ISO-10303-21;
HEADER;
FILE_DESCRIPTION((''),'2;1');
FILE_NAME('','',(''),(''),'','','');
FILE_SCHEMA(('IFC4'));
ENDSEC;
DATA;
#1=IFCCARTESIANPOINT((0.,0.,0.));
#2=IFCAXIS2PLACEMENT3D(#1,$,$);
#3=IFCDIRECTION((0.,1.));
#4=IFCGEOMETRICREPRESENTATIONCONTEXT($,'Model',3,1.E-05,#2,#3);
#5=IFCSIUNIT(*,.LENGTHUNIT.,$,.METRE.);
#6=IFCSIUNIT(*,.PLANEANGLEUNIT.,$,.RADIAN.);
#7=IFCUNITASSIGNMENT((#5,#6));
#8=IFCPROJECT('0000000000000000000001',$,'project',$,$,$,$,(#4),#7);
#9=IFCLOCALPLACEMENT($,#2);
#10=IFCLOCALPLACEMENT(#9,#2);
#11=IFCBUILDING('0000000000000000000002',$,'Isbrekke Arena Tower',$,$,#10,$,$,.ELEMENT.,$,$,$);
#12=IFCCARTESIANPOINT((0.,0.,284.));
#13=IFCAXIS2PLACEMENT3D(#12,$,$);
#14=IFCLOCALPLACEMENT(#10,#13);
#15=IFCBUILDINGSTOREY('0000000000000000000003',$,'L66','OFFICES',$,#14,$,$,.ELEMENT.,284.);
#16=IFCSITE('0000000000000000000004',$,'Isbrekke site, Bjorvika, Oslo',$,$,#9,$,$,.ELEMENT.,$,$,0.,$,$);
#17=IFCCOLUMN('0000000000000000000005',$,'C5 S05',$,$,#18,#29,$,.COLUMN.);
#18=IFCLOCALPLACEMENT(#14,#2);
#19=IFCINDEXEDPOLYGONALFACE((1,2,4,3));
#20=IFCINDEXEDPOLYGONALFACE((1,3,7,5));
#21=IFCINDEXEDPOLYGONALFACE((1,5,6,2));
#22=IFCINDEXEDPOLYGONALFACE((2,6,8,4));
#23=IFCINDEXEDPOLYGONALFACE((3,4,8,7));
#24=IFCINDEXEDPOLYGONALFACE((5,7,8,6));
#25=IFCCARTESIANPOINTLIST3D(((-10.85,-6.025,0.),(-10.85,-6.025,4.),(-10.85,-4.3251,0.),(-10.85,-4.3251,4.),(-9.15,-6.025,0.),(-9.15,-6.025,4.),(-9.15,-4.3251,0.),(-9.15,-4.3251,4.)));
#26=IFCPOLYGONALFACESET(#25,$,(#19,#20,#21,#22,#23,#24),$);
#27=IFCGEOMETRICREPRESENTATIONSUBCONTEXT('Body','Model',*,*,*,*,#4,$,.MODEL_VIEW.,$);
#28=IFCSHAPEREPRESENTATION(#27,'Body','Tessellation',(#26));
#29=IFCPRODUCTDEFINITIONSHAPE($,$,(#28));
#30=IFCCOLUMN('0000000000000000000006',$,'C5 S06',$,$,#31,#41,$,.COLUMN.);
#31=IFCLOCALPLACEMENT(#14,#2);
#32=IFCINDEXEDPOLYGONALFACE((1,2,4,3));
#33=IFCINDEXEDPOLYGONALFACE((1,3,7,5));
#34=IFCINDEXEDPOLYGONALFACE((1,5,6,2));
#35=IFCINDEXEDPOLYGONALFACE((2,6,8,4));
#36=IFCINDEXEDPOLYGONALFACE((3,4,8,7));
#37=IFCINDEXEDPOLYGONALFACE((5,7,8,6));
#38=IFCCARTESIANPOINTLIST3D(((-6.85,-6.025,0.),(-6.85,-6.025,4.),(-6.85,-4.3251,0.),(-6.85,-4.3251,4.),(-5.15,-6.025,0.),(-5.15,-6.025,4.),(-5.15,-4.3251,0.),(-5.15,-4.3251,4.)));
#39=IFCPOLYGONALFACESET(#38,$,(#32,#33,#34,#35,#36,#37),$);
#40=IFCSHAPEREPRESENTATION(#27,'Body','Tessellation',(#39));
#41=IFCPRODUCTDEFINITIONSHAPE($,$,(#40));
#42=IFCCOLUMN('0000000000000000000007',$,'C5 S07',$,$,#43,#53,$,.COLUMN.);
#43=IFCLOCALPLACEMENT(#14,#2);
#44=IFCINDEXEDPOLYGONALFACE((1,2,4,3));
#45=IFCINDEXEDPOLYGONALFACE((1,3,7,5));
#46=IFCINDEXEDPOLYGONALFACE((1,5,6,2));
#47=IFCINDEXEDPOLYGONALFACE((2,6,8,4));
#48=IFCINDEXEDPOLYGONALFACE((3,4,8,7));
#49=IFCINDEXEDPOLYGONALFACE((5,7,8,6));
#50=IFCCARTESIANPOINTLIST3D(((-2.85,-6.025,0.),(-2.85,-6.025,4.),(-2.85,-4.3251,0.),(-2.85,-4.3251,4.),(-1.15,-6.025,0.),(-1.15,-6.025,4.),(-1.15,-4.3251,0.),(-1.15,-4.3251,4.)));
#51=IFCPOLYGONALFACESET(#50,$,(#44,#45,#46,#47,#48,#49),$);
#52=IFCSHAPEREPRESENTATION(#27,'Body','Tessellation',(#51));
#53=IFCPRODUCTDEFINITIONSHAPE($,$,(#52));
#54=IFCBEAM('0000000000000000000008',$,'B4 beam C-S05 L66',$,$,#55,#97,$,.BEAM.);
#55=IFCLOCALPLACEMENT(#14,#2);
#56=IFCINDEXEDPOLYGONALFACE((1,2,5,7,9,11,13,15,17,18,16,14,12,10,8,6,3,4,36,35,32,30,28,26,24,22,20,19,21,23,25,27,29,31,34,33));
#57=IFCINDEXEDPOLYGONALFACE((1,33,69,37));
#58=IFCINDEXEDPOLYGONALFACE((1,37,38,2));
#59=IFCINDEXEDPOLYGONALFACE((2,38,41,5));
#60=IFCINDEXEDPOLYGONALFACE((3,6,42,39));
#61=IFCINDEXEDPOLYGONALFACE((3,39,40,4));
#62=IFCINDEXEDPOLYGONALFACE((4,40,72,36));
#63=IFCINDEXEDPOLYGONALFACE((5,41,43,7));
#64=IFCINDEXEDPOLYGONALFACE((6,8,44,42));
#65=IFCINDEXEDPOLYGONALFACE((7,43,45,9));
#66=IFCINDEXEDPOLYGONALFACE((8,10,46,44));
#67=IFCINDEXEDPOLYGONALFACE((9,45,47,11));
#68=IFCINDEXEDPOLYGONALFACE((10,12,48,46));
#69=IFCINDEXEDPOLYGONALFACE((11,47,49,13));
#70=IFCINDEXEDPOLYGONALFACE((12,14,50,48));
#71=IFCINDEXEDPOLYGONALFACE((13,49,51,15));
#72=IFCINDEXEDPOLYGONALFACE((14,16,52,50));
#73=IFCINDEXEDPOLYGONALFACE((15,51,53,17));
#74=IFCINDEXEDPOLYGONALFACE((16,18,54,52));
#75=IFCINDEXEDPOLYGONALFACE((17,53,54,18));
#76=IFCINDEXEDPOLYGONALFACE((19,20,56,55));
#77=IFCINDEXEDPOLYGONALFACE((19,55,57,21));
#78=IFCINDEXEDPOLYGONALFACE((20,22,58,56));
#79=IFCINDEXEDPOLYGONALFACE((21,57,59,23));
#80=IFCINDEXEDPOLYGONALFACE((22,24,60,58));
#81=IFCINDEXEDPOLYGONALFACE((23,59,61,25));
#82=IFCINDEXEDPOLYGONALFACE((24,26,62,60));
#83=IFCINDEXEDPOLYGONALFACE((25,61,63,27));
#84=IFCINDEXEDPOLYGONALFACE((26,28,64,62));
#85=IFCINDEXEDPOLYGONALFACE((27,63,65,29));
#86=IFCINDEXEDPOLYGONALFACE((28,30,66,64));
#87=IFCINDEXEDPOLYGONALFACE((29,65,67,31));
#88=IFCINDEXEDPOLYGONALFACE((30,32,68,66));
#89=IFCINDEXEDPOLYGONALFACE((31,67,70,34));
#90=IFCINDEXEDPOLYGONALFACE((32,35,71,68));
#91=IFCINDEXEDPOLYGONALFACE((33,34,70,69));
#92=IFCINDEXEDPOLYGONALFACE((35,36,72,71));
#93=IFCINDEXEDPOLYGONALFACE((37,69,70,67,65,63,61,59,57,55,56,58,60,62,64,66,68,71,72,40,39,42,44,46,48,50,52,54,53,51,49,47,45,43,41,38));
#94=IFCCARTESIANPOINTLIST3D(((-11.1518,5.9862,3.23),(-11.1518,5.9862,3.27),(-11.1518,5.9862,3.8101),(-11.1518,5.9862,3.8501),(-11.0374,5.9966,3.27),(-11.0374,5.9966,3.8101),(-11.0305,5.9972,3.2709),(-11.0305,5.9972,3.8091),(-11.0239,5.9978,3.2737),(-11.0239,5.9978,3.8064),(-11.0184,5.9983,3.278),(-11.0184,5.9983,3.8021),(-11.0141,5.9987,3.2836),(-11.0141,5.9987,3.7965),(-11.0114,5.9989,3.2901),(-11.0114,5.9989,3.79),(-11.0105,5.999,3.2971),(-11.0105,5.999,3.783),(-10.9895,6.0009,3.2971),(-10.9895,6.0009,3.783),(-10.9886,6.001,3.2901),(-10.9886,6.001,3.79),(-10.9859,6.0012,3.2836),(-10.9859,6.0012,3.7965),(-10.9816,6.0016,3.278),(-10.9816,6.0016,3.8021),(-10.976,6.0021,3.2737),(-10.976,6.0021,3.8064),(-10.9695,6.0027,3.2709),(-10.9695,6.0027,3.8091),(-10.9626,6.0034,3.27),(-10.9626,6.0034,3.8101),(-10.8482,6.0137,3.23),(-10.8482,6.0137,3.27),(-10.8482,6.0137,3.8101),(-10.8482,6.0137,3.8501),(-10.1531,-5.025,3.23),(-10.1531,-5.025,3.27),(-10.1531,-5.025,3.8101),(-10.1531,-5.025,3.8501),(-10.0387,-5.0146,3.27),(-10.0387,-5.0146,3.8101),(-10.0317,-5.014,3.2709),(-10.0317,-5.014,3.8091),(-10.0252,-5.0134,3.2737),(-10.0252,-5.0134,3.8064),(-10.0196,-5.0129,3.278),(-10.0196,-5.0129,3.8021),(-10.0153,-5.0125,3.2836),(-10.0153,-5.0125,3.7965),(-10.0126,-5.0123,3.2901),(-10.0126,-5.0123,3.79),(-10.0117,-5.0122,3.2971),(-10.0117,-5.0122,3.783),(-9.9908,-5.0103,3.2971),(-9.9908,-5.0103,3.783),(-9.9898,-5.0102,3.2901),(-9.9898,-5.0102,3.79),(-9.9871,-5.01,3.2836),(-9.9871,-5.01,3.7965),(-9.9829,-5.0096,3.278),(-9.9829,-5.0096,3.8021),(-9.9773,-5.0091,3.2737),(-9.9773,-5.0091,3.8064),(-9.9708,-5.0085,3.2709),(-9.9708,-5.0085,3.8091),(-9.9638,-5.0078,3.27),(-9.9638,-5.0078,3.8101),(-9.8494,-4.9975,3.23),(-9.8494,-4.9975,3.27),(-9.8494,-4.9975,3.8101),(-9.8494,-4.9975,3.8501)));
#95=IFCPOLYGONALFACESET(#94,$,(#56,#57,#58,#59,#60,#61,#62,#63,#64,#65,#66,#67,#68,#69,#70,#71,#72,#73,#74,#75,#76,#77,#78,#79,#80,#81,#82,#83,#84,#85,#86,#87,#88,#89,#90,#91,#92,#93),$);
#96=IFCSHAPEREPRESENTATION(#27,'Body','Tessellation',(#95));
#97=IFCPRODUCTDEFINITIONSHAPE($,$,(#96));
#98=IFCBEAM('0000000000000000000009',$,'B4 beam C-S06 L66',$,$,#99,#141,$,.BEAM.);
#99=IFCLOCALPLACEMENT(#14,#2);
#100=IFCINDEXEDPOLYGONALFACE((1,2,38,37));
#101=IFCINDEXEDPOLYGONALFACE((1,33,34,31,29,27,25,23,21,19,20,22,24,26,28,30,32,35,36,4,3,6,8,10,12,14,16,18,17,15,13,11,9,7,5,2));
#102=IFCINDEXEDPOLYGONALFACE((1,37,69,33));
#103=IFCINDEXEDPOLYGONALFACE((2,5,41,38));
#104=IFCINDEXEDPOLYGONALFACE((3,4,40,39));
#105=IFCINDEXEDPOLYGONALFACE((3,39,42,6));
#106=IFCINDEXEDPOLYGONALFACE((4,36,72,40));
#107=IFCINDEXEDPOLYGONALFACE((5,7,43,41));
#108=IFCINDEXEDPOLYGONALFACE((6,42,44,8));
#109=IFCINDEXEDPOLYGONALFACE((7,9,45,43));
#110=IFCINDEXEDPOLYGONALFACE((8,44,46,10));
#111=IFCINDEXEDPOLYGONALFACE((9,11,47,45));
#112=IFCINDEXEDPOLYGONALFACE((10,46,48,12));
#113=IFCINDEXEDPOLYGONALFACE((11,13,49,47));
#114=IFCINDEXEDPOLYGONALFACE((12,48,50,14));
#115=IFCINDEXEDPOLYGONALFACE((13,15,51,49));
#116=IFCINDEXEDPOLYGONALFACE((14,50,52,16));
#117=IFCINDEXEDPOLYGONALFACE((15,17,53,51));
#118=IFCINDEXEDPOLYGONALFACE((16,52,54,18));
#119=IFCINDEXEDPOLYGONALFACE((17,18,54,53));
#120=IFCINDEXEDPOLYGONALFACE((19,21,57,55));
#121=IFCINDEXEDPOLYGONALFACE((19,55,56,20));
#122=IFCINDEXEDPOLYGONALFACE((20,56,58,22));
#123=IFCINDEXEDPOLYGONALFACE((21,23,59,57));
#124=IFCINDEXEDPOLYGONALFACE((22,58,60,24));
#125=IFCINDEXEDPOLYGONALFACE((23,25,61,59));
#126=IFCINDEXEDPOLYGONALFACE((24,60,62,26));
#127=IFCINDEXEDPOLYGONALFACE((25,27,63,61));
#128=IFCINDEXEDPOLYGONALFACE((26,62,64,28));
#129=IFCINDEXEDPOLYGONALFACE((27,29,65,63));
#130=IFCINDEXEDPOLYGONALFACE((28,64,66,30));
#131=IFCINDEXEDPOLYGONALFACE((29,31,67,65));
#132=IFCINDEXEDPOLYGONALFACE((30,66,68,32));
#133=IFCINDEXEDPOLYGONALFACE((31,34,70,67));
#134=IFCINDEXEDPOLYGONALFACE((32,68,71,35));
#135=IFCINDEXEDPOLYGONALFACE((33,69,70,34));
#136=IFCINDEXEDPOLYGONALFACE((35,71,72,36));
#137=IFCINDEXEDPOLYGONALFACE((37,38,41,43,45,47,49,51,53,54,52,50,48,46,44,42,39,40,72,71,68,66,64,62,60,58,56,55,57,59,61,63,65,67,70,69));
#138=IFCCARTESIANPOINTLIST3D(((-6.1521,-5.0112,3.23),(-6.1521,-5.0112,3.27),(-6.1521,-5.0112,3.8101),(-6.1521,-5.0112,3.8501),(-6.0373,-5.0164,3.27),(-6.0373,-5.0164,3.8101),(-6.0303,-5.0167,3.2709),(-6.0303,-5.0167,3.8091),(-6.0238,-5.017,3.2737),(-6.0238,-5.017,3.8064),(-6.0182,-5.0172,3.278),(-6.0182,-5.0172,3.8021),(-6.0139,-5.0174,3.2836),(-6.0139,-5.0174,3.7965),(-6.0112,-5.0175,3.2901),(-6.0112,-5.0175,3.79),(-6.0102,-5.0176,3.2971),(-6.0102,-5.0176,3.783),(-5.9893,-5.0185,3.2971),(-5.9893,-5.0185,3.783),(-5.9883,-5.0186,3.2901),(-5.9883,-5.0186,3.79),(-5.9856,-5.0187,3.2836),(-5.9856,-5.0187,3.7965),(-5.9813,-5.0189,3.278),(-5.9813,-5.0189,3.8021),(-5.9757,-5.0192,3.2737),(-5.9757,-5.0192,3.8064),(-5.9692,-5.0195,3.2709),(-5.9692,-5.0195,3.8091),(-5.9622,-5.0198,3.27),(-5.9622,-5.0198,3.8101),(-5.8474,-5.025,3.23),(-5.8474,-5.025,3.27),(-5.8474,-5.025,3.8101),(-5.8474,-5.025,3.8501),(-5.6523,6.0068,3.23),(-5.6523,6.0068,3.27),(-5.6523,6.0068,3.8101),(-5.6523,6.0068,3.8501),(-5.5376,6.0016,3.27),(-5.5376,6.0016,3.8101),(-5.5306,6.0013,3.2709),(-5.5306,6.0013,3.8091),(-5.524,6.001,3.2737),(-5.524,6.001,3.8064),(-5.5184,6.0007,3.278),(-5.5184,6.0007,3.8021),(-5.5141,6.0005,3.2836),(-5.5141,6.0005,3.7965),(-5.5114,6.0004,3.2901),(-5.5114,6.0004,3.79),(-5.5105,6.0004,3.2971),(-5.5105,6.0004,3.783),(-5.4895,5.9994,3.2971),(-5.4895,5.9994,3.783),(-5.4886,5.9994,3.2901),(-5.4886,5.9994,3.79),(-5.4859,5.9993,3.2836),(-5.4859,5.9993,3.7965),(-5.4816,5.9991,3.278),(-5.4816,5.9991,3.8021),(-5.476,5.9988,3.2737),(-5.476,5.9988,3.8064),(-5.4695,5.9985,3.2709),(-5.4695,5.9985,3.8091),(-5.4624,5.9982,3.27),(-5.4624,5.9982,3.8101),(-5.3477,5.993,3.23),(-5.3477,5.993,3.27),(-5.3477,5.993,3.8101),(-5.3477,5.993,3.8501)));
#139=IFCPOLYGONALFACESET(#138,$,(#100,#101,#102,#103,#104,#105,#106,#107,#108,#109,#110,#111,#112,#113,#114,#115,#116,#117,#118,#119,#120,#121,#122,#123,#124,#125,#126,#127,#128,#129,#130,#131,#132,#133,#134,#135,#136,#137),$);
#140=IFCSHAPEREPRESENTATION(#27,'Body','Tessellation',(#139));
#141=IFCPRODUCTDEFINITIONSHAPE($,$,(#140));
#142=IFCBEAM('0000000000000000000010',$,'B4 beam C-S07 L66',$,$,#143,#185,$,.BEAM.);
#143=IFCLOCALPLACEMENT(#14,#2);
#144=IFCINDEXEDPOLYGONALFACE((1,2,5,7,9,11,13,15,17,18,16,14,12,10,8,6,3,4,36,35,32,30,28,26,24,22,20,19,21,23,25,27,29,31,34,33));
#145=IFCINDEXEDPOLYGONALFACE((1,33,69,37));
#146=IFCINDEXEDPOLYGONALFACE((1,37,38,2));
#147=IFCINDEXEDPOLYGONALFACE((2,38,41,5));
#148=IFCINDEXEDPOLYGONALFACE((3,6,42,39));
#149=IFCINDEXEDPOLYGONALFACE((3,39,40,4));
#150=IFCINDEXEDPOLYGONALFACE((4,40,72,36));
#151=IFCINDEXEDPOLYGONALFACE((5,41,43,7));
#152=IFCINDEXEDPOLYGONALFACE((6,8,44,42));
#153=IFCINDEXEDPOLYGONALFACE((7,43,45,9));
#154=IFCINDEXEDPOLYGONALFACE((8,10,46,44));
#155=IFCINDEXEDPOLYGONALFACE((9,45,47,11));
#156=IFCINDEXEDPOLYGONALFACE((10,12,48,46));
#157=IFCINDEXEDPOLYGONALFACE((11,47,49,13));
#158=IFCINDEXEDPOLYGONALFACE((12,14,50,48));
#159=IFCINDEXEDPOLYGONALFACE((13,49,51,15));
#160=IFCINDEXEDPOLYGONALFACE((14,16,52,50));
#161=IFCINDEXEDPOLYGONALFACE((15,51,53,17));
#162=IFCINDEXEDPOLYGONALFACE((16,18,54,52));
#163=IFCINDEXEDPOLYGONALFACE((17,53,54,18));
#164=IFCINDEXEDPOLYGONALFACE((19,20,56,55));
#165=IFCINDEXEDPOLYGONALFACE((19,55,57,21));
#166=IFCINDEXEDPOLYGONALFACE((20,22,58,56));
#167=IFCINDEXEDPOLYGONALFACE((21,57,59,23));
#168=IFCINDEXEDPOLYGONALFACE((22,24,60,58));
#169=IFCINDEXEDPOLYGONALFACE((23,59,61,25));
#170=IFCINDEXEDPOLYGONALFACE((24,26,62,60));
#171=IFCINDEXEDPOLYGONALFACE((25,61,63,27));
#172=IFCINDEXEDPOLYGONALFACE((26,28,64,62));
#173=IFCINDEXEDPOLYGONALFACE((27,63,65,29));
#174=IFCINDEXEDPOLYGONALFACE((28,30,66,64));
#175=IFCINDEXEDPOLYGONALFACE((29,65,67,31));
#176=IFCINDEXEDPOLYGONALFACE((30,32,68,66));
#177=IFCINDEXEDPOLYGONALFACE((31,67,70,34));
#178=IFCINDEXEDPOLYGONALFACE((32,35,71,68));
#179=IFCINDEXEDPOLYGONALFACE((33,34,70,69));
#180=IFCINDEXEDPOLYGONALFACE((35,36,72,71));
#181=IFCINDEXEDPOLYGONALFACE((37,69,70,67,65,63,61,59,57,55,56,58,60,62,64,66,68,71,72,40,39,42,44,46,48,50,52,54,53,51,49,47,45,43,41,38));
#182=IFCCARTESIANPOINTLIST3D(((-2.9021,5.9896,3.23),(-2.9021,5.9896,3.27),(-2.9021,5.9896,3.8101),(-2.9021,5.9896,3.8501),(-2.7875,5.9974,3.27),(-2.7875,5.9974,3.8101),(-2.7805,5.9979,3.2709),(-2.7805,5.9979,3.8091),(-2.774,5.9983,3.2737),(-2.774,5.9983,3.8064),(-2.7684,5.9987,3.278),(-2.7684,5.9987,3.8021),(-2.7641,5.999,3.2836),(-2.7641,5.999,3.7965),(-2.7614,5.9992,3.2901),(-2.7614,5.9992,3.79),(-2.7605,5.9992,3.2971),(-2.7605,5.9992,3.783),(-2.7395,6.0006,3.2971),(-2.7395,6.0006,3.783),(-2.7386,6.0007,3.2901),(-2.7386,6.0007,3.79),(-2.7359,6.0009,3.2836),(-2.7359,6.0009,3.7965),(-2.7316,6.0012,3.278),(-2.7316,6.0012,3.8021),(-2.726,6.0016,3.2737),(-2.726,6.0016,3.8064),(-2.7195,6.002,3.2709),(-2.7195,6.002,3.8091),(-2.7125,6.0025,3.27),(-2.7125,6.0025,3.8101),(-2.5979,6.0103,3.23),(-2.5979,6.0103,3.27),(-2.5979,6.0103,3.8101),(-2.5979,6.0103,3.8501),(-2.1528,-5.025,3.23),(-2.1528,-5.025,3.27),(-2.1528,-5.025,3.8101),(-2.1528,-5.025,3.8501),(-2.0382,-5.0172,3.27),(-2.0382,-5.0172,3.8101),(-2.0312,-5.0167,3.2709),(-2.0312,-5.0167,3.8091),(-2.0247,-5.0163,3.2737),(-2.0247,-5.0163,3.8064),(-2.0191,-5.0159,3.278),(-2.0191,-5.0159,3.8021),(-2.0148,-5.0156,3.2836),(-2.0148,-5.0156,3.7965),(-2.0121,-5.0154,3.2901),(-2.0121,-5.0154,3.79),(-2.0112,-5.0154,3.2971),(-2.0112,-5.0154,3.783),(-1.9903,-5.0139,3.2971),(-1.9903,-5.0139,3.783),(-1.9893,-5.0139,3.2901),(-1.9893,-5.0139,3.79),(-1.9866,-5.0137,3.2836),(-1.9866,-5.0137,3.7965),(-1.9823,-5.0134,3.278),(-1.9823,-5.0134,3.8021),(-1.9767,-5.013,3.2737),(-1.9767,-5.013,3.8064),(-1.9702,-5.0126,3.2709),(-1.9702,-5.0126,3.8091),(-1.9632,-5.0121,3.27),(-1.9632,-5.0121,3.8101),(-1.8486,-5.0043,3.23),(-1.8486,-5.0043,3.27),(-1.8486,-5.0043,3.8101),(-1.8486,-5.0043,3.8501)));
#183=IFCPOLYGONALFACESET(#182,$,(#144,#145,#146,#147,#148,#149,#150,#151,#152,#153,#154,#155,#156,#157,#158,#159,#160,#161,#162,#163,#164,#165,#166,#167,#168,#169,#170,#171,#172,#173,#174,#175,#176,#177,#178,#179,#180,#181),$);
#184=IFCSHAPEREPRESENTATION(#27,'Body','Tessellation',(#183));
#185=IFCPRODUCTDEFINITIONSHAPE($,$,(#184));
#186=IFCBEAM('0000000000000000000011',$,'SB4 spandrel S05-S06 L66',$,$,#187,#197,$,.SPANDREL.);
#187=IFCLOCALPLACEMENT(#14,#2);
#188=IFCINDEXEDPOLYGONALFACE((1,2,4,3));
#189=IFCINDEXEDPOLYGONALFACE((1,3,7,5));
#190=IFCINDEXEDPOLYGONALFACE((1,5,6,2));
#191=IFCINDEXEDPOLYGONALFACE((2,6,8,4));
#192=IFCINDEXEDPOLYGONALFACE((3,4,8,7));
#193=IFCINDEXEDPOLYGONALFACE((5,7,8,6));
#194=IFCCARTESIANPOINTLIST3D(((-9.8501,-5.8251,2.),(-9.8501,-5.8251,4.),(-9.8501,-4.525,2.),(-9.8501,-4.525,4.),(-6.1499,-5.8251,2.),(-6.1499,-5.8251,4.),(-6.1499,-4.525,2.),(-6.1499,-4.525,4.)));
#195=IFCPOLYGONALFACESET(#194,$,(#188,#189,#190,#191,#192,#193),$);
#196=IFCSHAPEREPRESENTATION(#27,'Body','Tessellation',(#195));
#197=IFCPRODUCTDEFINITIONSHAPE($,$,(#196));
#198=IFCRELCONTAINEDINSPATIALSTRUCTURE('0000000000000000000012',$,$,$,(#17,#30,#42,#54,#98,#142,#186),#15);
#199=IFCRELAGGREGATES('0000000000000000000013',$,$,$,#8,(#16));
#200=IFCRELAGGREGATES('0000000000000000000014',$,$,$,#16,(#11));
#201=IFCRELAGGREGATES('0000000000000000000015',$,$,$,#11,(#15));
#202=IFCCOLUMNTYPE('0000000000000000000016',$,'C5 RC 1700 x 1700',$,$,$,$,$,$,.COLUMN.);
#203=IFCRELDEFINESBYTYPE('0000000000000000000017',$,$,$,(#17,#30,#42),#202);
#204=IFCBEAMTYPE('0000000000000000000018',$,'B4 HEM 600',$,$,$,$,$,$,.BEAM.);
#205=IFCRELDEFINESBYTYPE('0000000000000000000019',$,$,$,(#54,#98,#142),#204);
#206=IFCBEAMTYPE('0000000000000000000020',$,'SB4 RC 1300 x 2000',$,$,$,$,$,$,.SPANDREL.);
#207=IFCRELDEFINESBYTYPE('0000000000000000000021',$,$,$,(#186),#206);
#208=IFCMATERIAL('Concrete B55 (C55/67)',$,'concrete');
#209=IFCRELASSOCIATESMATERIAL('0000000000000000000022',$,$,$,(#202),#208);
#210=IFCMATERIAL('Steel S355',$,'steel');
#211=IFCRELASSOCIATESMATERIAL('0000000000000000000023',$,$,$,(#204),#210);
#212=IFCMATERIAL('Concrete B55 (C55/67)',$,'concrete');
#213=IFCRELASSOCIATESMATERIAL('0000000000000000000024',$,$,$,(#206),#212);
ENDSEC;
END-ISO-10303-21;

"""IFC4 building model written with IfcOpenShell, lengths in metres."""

from ifc_helpers import new_model, si_unit, direction, frame, origin, origin_2d, place, context, subcontext, project, spatial, rectangle, i_section, extrude, material, material_profile, profile_set, type_object, element, save


model = new_model("IFC4")

# Units and contexts
model_context = context("Model", 3, precision=1e-05, world=origin(), true_north=direction((0.0, 1.0)))
body_context = subcontext(model_context, "Body", "Model", "MODEL_VIEW")
ifc_project = project(units=[si_unit("LENGTHUNIT", "METRE"), si_unit("PLANEANGLEUNIT", "RADIAN")], contexts=[model_context])

# Site, building, storey
site_placement = place(None, origin())
site = spatial("IfcSite", under=ifc_project, at=site_placement, Name="Isbrekke site, Bjorvika, Oslo", CompositionType="ELEMENT", RefElevation=0.0)
building_placement = place(site_placement, origin())
building = spatial("IfcBuilding", under=site, at=building_placement, Name="Isbrekke Arena Tower", CompositionType="ELEMENT")
storey_placement = place(building_placement, frame((0.0, 0.0, 284.0)))
storey = spatial("IfcBuildingStorey", under=building, at=storey_placement, Name="L66", Description="OFFICES", CompositionType="ELEMENT", Elevation=284.0)

# Columns
ifc_material_1 = material(Name="Concrete B55 (C55/67)", Category="concrete")
ifc_material_profile_1 = material_profile(ifc_material_1, rectangle(XDim=1.7, YDim=1.7, at=origin_2d()), Name="RC 1700x1700")
ifc_profile_set_1 = profile_set([ifc_material_profile_1], Name="Concrete B55 (C55/67)")
column_type = type_object("IfcColumnType", Name="C5 RC 1700 x 1700", PredefinedType="COLUMN", material=ifc_profile_set_1)
for number, where, z_axis, x_axis, name in (
    (1, (-10.0, -5.175, 0.0), (0.0, 0.0, 1.0), (1.0, 0.0, 0.0), "C5 S05"),
    (2, (-6.0, -5.175, 0.0), (0.0, 0.0, 1.0), (1.0, 0.0, 0.0), "C5 S06"),
    (3, (-2.0, -5.175, 0.0), (0.0, 0.0, 1.0), (1.0, 0.0, 0.0), "C5 S07"),
):
    element("IfcColumn", number, at=place(storey_placement, frame(where, z_axis=z_axis, x_axis=x_axis)), inside=storey, type_object=column_type, Name=name, PredefinedType="COLUMN", context=body_context, shape_type="SweptSolid", body=[
        extrude(rectangle(XDim=1.7, YDim=1.7, at=origin_2d()), origin(), (0.0, 0.0, 1.0), 4.0),
    ])

# Beams
ifc_material_2 = material(Name="Steel S355", Category="steel")
ifc_material_profile_2 = material_profile(ifc_material_2, i_section(OverallWidth=0.3049, OverallDepth=0.6201, WebThickness=0.021, FlangeThickness=0.04, FilletRadius=0.0271, at=origin_2d()), Name="HEM 600")
ifc_profile_set_2 = profile_set([ifc_material_profile_2], Name="Steel S355")
beam_type_1 = type_object("IfcBeamType", Name="B4 HEM 600", PredefinedType="BEAM", material=ifc_profile_set_2)
beam_1_placement = place(storey_placement, frame((-10.0012, -5.0112, 3.54), z_axis=(-0.090335, 0.995911, 0.0), x_axis=(-0.995911, -0.090335, 0.0)))
element("IfcBeam", 4, at=beam_1_placement, inside=storey, type_object=beam_type_1, Name="B4 beam C-S05 L66", PredefinedType="BEAM", context=body_context, shape_type="SweptSolid", body=[
    extrude(i_section(OverallWidth=0.3049, OverallDepth=0.6201, WebThickness=0.021, FlangeThickness=0.04, FilletRadius=0.0271, at=origin_2d()), origin(), (0.0, 0.0, 1.0), 11.0564),
])
beam_2_placement = place(storey_placement, frame((-5.9998, -5.0181, 3.54), z_axis=(0.045311, 0.998973, 0.0), x_axis=(-0.998973, 0.045311, 0.0)))
element("IfcBeam", 5, at=beam_2_placement, inside=storey, type_object=beam_type_1, Name="B4 beam C-S06 L66", PredefinedType="BEAM", context=body_context, shape_type="SweptSolid", body=[
    extrude(i_section(OverallWidth=0.3049, OverallDepth=0.6201, WebThickness=0.021, FlangeThickness=0.04, FilletRadius=0.0271, at=origin_2d()), origin(), (0.0, 0.0, 1.0), 11.0293),
])
beam_3_placement = place(storey_placement, frame((-2.0007, -5.0146, 3.54), z_axis=(-0.067868, 0.997694, 0.0), x_axis=(-0.997694, -0.067868, 0.0)))
element("IfcBeam", 6, at=beam_3_placement, inside=storey, type_object=beam_type_1, Name="B4 beam C-S07 L66", PredefinedType="BEAM", context=body_context, shape_type="SweptSolid", body=[
    extrude(i_section(OverallWidth=0.3049, OverallDepth=0.6201, WebThickness=0.021, FlangeThickness=0.04, FilletRadius=0.0271, at=origin_2d()), origin(), (0.0, 0.0, 1.0), 11.04),
])
ifc_material_3 = material(Name="Concrete B55 (C55/67)", Category="concrete")
ifc_material_profile_3 = material_profile(ifc_material_3, rectangle(XDim=1.3, YDim=2.0, at=origin_2d()), Name="RC 1300x2000")
ifc_profile_set_3 = profile_set([ifc_material_profile_3], Name="Concrete B55 (C55/67)")
beam_type_2 = type_object("IfcBeamType", Name="SB4 RC 1300 x 2000", PredefinedType="SPANDREL", material=ifc_profile_set_3)
for number, where, z_axis, x_axis, name in (
    (7, (-9.8501, -5.175, 3.0), (1.0, 0.0, 0.0), (0.0, 1.0, 0.0), "SB4 spandrel S05-S06 L66"),
):
    element("IfcBeam", number, at=place(storey_placement, frame(where, z_axis=z_axis, x_axis=x_axis)), inside=storey, type_object=beam_type_2, Name=name, PredefinedType="SPANDREL", context=body_context, shape_type="SweptSolid", body=[
        extrude(rectangle(XDim=1.3, YDim=2.0, at=origin_2d()), origin(), (0.0, 0.0, 1.0), 3.7002),
    ])

save(model, "model.ifc")
